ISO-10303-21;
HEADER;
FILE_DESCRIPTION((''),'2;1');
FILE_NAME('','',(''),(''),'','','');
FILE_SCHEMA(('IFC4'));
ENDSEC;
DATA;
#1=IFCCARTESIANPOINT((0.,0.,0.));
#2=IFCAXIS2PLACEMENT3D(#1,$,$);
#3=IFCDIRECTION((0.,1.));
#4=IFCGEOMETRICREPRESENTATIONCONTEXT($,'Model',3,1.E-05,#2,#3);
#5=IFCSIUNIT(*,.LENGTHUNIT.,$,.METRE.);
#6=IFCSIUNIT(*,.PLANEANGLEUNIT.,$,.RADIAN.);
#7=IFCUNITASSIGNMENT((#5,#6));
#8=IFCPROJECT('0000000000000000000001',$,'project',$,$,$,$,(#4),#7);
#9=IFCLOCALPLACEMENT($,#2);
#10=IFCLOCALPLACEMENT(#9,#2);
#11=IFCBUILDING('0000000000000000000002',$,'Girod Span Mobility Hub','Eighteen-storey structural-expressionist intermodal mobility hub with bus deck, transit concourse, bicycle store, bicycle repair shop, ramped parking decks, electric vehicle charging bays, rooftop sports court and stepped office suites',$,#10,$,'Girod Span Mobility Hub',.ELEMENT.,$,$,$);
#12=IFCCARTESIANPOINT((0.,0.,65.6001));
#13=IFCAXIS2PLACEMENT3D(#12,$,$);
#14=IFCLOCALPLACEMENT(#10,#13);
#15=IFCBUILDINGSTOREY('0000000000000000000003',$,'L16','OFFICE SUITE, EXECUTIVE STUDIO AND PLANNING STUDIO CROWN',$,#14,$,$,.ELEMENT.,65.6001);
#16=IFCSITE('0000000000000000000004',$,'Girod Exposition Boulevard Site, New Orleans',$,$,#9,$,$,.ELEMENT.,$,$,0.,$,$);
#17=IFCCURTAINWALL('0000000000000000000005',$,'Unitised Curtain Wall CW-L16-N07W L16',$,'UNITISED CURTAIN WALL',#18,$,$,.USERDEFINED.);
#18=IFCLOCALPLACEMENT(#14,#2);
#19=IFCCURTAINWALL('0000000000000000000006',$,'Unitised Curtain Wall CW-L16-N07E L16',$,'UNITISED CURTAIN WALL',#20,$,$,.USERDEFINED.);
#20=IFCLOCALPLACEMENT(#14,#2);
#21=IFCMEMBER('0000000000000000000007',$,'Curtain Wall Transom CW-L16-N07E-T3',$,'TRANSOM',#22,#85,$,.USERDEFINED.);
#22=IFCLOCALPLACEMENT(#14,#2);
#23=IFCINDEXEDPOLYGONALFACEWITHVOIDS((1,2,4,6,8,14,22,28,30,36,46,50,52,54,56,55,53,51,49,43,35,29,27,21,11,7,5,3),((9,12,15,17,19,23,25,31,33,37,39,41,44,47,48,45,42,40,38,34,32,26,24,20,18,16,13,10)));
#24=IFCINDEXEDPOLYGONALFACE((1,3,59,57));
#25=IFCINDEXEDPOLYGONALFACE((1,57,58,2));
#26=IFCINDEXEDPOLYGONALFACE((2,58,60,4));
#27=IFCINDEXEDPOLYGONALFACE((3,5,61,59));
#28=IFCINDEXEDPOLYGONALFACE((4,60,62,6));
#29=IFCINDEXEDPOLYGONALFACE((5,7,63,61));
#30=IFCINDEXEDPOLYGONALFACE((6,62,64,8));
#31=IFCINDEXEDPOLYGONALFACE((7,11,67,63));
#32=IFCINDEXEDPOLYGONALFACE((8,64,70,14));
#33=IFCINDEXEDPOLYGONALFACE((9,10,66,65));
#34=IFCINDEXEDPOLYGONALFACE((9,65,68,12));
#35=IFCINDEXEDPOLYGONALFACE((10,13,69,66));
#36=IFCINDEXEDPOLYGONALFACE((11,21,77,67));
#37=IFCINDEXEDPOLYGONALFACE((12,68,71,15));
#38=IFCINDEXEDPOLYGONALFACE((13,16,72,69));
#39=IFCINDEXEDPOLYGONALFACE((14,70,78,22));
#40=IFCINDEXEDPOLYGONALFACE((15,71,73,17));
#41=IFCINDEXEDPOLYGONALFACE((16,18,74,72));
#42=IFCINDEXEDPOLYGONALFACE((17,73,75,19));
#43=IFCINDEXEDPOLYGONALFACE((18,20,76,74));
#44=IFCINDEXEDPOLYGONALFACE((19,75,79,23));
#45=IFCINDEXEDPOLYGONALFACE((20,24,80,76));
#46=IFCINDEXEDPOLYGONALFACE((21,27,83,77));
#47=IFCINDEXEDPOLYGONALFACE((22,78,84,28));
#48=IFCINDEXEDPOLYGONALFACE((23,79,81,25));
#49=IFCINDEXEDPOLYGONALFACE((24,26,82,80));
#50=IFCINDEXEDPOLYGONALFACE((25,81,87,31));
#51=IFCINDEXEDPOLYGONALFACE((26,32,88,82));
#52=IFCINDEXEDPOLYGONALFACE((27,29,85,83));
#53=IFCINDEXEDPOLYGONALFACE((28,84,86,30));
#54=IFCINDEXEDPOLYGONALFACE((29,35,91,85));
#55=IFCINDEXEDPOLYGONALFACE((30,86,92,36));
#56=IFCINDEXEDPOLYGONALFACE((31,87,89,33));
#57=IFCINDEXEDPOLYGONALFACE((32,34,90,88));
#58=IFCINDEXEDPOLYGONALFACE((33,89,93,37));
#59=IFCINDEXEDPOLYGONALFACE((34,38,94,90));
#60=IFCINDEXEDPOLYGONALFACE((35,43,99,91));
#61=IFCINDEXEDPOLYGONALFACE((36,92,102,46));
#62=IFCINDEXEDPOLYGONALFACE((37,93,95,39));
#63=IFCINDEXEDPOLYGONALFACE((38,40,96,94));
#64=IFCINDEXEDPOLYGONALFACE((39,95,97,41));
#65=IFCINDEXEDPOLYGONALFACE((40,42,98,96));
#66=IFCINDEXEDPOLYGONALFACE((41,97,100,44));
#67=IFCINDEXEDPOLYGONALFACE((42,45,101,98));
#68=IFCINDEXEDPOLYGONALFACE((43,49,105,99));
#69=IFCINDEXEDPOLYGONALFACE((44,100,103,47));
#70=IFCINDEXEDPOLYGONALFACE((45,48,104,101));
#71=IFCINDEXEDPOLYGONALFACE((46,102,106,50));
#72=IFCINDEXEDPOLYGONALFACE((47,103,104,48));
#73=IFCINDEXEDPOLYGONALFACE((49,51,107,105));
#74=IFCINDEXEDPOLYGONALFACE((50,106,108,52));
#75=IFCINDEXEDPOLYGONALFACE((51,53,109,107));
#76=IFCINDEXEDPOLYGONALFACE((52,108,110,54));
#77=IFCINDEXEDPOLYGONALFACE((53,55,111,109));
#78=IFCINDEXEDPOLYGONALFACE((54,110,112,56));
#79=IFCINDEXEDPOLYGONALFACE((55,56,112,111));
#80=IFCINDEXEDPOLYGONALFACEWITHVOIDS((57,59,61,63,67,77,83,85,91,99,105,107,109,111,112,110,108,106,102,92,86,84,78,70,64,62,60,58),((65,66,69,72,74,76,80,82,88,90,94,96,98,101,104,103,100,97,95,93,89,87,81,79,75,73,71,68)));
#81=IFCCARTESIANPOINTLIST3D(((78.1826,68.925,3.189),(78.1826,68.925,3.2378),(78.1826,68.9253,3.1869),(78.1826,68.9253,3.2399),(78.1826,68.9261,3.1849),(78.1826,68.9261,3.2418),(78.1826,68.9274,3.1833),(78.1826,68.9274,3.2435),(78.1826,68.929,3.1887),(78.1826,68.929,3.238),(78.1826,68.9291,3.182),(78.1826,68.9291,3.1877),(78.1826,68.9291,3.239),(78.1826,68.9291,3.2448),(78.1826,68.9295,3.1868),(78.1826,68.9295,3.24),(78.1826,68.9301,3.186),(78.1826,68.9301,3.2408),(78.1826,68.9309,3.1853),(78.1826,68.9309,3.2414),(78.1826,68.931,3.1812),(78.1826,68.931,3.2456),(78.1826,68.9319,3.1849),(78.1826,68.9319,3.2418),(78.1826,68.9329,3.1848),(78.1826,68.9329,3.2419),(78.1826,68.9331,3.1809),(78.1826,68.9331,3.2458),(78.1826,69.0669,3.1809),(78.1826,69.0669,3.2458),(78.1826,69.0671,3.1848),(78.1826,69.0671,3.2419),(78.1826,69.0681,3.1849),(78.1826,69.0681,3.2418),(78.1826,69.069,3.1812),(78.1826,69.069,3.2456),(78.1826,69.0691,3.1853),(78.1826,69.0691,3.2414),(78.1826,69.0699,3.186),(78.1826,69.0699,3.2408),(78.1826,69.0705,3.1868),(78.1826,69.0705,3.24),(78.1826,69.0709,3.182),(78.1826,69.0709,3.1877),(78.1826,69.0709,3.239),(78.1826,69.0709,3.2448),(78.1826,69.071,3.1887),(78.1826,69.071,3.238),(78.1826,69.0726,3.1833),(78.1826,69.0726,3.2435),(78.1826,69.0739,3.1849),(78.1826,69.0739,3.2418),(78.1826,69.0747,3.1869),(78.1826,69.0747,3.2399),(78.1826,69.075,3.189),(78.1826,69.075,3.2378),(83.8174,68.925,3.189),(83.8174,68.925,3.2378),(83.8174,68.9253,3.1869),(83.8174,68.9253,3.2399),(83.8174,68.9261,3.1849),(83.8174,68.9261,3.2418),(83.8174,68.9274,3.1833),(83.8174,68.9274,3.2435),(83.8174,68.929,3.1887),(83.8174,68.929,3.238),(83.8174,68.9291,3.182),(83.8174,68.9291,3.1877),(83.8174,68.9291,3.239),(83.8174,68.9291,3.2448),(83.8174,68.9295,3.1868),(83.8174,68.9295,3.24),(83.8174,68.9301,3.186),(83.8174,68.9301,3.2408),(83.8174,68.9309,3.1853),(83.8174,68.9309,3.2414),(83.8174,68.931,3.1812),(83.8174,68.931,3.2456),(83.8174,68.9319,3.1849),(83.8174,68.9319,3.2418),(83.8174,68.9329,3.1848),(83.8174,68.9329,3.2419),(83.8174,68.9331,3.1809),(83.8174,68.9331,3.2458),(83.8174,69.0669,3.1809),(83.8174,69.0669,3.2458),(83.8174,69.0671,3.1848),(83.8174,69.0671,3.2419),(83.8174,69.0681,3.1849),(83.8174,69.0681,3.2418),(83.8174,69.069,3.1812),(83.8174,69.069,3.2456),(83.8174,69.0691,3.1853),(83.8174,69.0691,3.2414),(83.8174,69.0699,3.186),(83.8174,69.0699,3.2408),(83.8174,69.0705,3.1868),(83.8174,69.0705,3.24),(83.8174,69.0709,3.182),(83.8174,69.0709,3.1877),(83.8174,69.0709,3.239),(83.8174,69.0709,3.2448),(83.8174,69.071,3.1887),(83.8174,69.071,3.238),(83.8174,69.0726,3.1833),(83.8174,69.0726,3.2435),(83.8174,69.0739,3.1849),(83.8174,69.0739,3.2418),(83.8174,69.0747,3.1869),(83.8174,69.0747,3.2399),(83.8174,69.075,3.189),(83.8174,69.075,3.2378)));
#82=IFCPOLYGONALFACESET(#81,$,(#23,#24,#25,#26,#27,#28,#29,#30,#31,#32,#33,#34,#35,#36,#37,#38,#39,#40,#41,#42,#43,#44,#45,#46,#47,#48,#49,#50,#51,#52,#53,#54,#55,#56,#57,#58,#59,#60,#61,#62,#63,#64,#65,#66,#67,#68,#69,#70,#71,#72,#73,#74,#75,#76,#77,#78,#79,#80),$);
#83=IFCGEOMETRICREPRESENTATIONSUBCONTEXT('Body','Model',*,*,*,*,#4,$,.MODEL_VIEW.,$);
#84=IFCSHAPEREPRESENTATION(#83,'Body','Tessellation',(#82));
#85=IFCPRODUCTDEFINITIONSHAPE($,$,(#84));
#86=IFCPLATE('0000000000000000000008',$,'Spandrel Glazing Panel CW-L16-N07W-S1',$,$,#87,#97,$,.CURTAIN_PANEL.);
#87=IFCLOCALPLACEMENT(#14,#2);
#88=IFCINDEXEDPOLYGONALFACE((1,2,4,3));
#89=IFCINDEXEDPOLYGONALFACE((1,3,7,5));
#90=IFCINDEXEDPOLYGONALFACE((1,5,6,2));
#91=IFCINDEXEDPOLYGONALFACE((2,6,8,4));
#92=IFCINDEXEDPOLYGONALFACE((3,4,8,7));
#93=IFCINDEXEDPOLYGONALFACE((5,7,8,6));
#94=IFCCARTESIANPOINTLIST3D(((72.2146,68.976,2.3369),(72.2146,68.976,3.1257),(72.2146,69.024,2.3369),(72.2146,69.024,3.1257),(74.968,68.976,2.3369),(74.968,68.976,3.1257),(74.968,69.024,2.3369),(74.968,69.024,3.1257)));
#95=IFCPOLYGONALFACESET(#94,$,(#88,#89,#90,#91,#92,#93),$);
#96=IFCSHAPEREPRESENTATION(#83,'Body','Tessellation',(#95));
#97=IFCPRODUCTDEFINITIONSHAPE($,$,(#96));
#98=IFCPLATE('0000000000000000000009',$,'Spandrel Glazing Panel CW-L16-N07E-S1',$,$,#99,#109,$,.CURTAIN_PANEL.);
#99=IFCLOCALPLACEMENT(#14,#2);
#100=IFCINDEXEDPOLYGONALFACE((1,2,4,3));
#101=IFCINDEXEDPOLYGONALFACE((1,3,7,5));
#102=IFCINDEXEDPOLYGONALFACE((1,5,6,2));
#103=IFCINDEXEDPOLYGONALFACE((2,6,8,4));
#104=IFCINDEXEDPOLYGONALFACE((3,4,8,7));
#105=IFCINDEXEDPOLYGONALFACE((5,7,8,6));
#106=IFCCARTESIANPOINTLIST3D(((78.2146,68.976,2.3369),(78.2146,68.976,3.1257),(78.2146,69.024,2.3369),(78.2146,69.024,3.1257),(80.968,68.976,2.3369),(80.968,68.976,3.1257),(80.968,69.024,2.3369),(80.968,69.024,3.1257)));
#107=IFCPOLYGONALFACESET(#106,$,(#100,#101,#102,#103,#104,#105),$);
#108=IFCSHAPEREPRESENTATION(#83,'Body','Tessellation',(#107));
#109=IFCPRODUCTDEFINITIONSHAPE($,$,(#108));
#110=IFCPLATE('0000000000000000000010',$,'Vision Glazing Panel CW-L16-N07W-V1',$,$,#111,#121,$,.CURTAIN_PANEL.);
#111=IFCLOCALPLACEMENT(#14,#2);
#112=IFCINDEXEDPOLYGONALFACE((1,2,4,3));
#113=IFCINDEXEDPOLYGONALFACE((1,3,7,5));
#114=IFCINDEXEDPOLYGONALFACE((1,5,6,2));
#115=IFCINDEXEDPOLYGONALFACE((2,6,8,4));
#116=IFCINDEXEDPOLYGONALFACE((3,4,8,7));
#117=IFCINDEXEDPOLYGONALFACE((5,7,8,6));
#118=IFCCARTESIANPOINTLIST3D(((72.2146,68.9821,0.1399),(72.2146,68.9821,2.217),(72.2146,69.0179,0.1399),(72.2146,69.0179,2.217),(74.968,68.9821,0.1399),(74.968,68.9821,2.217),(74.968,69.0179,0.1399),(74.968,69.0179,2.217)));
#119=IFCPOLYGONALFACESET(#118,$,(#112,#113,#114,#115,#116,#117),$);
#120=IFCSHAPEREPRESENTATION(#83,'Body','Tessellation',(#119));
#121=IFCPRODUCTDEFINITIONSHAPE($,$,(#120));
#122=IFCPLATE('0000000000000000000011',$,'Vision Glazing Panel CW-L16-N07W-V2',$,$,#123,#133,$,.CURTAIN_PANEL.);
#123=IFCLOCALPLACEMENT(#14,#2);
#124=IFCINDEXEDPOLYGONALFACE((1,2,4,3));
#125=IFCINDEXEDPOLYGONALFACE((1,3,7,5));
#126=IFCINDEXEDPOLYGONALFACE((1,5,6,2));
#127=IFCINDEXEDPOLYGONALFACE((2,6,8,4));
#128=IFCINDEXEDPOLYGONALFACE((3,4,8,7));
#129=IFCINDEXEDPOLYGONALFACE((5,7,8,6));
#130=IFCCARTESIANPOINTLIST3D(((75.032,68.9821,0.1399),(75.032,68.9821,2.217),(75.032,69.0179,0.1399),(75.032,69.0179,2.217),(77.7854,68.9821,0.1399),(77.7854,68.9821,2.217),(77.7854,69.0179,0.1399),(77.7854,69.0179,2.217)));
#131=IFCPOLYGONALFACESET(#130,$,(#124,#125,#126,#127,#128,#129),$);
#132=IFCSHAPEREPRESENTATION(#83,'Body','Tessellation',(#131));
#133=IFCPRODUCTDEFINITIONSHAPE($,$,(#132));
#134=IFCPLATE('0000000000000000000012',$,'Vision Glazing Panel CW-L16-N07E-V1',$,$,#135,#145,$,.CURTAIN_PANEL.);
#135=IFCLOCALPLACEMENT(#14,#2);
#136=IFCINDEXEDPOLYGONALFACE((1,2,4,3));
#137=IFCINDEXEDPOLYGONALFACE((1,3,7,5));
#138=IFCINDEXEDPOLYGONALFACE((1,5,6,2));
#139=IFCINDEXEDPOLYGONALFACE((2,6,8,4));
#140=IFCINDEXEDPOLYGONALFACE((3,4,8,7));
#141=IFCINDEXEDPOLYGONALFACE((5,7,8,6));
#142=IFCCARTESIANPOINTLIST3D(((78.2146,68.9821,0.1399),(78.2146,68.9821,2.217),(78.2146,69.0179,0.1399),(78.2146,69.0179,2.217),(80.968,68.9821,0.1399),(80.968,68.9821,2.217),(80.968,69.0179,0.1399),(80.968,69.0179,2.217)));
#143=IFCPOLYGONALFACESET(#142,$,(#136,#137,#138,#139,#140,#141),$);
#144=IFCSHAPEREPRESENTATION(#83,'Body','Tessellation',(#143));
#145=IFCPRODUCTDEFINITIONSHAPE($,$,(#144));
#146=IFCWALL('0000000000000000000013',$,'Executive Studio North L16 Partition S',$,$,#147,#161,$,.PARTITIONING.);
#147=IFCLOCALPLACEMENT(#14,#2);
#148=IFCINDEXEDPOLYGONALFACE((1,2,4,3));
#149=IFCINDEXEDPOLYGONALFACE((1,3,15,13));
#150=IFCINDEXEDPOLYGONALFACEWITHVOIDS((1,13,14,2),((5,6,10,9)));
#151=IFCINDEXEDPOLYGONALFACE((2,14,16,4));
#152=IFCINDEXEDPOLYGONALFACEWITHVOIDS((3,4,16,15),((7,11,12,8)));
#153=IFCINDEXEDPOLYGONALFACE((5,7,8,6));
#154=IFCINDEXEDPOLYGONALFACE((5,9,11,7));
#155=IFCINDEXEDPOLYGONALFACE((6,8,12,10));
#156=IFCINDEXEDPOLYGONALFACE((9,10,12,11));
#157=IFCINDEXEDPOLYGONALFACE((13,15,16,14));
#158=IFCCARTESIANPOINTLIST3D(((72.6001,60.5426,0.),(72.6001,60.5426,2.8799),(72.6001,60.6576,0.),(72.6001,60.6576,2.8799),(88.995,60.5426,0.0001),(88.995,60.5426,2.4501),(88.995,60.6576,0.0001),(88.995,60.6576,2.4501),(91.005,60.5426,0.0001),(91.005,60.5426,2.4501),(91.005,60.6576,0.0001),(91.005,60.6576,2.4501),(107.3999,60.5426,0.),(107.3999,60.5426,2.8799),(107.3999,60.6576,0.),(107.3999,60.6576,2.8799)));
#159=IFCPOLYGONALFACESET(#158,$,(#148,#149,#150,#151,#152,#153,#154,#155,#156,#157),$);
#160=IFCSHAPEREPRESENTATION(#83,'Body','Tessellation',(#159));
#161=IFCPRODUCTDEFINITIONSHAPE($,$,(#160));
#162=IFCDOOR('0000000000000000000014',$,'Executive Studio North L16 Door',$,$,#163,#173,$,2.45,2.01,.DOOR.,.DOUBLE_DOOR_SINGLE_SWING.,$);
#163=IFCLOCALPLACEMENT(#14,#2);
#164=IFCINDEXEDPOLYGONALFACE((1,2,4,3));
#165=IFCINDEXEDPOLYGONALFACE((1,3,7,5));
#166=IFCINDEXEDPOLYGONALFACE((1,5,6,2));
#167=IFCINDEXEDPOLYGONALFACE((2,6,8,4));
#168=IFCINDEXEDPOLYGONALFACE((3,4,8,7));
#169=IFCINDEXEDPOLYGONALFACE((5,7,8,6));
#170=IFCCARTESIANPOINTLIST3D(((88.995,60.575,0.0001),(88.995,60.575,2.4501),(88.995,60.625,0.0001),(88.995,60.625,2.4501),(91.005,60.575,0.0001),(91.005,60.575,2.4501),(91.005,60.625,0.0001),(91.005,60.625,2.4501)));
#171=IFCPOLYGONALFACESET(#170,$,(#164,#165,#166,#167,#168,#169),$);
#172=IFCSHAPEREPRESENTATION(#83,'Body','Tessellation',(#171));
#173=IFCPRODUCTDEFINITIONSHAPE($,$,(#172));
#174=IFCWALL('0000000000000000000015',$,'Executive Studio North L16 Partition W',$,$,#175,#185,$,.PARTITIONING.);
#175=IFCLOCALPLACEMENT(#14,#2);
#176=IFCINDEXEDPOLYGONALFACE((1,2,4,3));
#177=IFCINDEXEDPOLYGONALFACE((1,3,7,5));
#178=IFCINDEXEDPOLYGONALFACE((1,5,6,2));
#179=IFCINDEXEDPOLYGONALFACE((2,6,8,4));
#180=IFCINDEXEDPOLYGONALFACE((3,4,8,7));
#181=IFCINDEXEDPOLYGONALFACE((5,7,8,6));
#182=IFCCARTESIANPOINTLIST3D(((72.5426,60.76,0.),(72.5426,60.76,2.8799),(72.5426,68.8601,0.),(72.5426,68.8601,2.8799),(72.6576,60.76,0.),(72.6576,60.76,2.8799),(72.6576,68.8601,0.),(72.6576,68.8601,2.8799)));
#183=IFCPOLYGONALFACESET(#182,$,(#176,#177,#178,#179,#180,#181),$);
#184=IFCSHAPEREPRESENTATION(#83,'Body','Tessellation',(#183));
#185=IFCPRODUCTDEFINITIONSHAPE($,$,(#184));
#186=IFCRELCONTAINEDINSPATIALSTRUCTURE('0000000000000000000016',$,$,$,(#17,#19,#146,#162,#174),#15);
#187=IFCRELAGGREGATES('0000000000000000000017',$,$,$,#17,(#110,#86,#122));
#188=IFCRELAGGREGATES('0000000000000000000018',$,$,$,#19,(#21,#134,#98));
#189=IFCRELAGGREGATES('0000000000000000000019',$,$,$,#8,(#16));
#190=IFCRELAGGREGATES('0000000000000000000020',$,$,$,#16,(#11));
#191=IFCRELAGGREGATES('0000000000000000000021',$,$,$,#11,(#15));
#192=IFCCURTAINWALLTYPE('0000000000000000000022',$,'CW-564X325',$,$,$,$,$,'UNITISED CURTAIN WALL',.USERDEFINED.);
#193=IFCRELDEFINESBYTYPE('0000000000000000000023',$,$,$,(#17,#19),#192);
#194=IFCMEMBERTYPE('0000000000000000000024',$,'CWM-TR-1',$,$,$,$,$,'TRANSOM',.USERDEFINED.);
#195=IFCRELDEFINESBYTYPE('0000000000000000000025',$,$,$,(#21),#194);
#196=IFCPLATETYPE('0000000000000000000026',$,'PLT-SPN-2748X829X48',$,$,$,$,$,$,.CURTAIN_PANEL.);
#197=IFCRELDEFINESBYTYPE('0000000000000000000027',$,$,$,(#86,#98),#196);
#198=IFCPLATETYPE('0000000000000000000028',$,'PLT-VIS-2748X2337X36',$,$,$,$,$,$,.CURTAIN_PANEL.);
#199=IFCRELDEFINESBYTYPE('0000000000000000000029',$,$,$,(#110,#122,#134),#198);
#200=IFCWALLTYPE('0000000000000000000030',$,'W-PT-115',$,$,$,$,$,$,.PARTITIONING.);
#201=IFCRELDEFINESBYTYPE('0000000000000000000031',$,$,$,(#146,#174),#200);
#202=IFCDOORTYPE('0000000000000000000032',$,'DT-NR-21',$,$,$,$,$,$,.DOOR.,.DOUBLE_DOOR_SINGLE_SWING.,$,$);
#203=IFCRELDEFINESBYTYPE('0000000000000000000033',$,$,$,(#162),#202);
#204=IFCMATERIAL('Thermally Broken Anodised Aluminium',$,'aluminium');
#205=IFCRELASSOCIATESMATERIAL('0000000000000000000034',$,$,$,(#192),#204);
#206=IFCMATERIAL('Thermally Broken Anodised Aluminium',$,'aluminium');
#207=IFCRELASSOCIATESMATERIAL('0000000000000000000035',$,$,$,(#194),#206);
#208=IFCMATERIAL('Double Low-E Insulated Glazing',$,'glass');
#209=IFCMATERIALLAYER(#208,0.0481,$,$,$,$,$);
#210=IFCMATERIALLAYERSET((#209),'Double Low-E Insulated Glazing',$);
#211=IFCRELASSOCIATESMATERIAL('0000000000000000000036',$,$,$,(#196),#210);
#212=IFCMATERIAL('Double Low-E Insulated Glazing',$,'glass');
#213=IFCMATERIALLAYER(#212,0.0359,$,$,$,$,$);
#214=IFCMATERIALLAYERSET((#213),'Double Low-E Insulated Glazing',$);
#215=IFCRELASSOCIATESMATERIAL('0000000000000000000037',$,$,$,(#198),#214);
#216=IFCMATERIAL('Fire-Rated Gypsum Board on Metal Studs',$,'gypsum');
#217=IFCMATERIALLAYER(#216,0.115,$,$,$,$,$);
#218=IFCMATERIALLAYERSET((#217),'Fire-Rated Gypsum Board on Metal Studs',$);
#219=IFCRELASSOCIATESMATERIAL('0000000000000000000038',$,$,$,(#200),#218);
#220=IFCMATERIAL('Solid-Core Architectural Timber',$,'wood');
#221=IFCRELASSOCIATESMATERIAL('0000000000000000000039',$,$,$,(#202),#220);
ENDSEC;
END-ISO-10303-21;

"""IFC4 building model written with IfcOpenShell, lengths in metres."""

from ifc_helpers import new_model, si_unit, direction, frame, frame_2d, origin, origin_2d, place, context, subcontext, project, spatial, rectangle, hollow_rectangle, extrude, material, layer, layer_set, material_profile, profile_set, type_object, element, fill, aggregate, save


model = new_model("IFC4")

# Units and contexts
model_context = context("Model", 3, precision=1e-05, world=origin(), true_north=direction((0.0, 1.0)))
body_context = subcontext(model_context, "Body", "Model", "MODEL_VIEW")
ifc_project = project(units=[si_unit("LENGTHUNIT", "METRE"), si_unit("PLANEANGLEUNIT", "RADIAN")], contexts=[model_context])

# Site, building, storey
site_placement = place(None, origin())
site = spatial("IfcSite", under=ifc_project, at=site_placement, Name="Girod Exposition Boulevard Site, New Orleans", CompositionType="ELEMENT", RefElevation=0.0)
building_placement = place(site_placement, origin())
building = spatial("IfcBuilding", under=site, at=building_placement, Name="Girod Span Mobility Hub", Description="Eighteen-storey structural-expressionist intermodal mobility hub with bus deck, transit concourse, bicycle store, bicycle repair shop, ramped parking decks, electric vehicle charging bays, rooftop sports court and stepped office suites", LongName="Girod Span Mobility Hub", CompositionType="ELEMENT")
storey_placement = place(building_placement, frame((0.0, 0.0, 65.6001)))
storey = spatial("IfcBuildingStorey", under=building, at=storey_placement, Name="L16", Description="OFFICE SUITE, EXECUTIVE STUDIO AND PLANNING STUDIO CROWN", CompositionType="ELEMENT", Elevation=65.6001)

# Curtain wall
ifc_material_1 = material(Name="Thermally Broken Anodised Aluminium", Category="aluminium")
curtain_wall_type = type_object("IfcCurtainWallType", Name="CW-564X325", ElementType="UNITISED CURTAIN WALL", PredefinedType="USERDEFINED", material=ifc_material_1)
curtain_wall_1_placement = place(storey_placement, origin())
curtain_wall_1 = element("IfcCurtainWall", 1, at=curtain_wall_1_placement, inside=storey, type_object=curtain_wall_type, Name="Unitised Curtain Wall CW-L16-N07W L16", ObjectType="UNITISED CURTAIN WALL", PredefinedType="USERDEFINED")

# Curtain wall
curtain_wall_2_placement = place(storey_placement, origin())
curtain_wall_2 = element("IfcCurtainWall", 2, at=curtain_wall_2_placement, inside=storey, type_object=curtain_wall_type, Name="Unitised Curtain Wall CW-L16-N07E L16", ObjectType="UNITISED CURTAIN WALL", PredefinedType="USERDEFINED")

# Member
ifc_material_2 = material(Name="Thermally Broken Anodised Aluminium", Category="aluminium")
ifc_material_profile_1 = material_profile(ifc_material_2, hollow_rectangle(XDim=0.1499, YDim=0.0649, WallThickness=0.0039, InnerFilletRadius=0.0039, OuterFilletRadius=0.0081, at=origin_2d()), Name="CW-TR-65X150")
ifc_profile_set_1 = profile_set([ifc_material_profile_1], Name="Thermally Broken Anodised Aluminium")
member_type_1 = type_object("IfcMemberType", Name="CWM-TR-1", ElementType="TRANSOM", PredefinedType="USERDEFINED", material=ifc_profile_set_1)
member_1_placement = place(storey_placement, frame((78.1826, 69.0, 3.2134), z_axis=(1.0, 0.0, 0.0), x_axis=(0.0, 1.0, 0.0)))
member_1 = element("IfcMember", 3, at=member_1_placement, type_object=member_type_1, Name="Curtain Wall Transom CW-L16-N07E-T3", ObjectType="TRANSOM", PredefinedType="USERDEFINED", context=body_context, shape_type="SweptSolid", body=[
    extrude(hollow_rectangle(XDim=0.1499, YDim=0.0649, WallThickness=0.0039, InnerFilletRadius=0.0039, OuterFilletRadius=0.0081, at=origin_2d()), origin(), (0.0, 0.0, 1.0), 5.6348),
])

# Plates
ifc_material_3 = material(Name="Double Low-E Insulated Glazing", Category="glass")
ifc_layer_1 = layer(ifc_material_3, 0.0481)
ifc_layer_set_1 = layer_set([ifc_layer_1], Name="Double Low-E Insulated Glazing")
plate_type_1 = type_object("IfcPlateType", Name="PLT-SPN-2748X829X48", PredefinedType="CURTAIN_PANEL", material=ifc_layer_set_1)
plate_1_placement = place(storey_placement, frame((73.5913, 69.0, 2.3369), z_axis=(0.0, 0.0, 1.0), x_axis=(1.0, 0.0, 0.0)))
plate_1 = element("IfcPlate", 4, at=plate_1_placement, type_object=plate_type_1, Name="Spandrel Glazing Panel CW-L16-N07W-S1", PredefinedType="CURTAIN_PANEL", context=body_context, shape_type="SweptSolid", body=[
    extrude(rectangle(XDim=2.7534, YDim=0.0481, at=origin_2d()), origin(), (0.0, 0.0, 1.0), 0.7888),
])
plate_2_placement = place(storey_placement, frame((79.5913, 69.0, 2.3369), z_axis=(0.0, 0.0, 1.0), x_axis=(1.0, 0.0, 0.0)))
plate_2 = element("IfcPlate", 5, at=plate_2_placement, type_object=plate_type_1, Name="Spandrel Glazing Panel CW-L16-N07E-S1", PredefinedType="CURTAIN_PANEL", context=body_context, shape_type="SweptSolid", body=[
    extrude(rectangle(XDim=2.7534, YDim=0.0481, at=origin_2d()), origin(), (0.0, 0.0, 1.0), 0.7888),
])
ifc_material_4 = material(Name="Double Low-E Insulated Glazing", Category="glass")
ifc_layer_2 = layer(ifc_material_4, 0.0359)
ifc_layer_set_2 = layer_set([ifc_layer_2], Name="Double Low-E Insulated Glazing")
plate_type_2 = type_object("IfcPlateType", Name="PLT-VIS-2748X2337X36", PredefinedType="CURTAIN_PANEL", material=ifc_layer_set_2)
plate_3_placement = place(storey_placement, frame((73.5913, 69.0, 0.1399), z_axis=(0.0, 0.0, 1.0), x_axis=(1.0, 0.0, 0.0)))
plate_3 = element("IfcPlate", 6, at=plate_3_placement, type_object=plate_type_2, Name="Vision Glazing Panel CW-L16-N07W-V1", PredefinedType="CURTAIN_PANEL", context=body_context, shape_type="SweptSolid", body=[
    extrude(rectangle(XDim=2.7534, YDim=0.0359, at=origin_2d()), origin(), (0.0, 0.0, 1.0), 2.0771),
])
plate_4_placement = place(storey_placement, frame((76.4087, 69.0, 0.1399), z_axis=(0.0, 0.0, 1.0), x_axis=(1.0, 0.0, 0.0)))
plate_4 = element("IfcPlate", 7, at=plate_4_placement, type_object=plate_type_2, Name="Vision Glazing Panel CW-L16-N07W-V2", PredefinedType="CURTAIN_PANEL", context=body_context, shape_type="SweptSolid", body=[
    extrude(rectangle(XDim=2.7534, YDim=0.0359, at=origin_2d()), origin(), (0.0, 0.0, 1.0), 2.0771),
])
aggregate(curtain_wall_1, [plate_3, plate_1, plate_4])
plate_5_placement = place(storey_placement, frame((79.5913, 69.0, 0.1399), z_axis=(0.0, 0.0, 1.0), x_axis=(1.0, 0.0, 0.0)))
plate_5 = element("IfcPlate", 8, at=plate_5_placement, type_object=plate_type_2, Name="Vision Glazing Panel CW-L16-N07E-V1", PredefinedType="CURTAIN_PANEL", context=body_context, shape_type="SweptSolid", body=[
    extrude(rectangle(XDim=2.7534, YDim=0.0359, at=origin_2d()), origin(), (0.0, 0.0, 1.0), 2.0771),
])
aggregate(curtain_wall_2, [member_1, plate_5, plate_2])

# Wall, opening, door
ifc_material_5 = material(Name="Fire-Rated Gypsum Board on Metal Studs", Category="gypsum")
ifc_layer_3 = layer(ifc_material_5, 0.115)
ifc_layer_set_3 = layer_set([ifc_layer_3], Name="Fire-Rated Gypsum Board on Metal Studs")
wall_type = type_object("IfcWallType", Name="W-PT-115", PredefinedType="PARTITIONING", material=ifc_layer_set_3)
wall_1_placement = place(storey_placement, frame((72.6001, 60.6001, 0.0), z_axis=(0.0, 0.0, 1.0), x_axis=(1.0, 0.0, 0.0)))
wall_1 = element("IfcWall", 9, at=wall_1_placement, inside=storey, type_object=wall_type, Name="Executive Studio North L16 Partition S", PredefinedType="PARTITIONING", context=body_context, shape_type="SweptSolid", body=[
    extrude(rectangle(XDim=34.7998, YDim=0.115, at=frame_2d((17.3999, 0.0))), origin(), (0.0, 0.0, 1.0), 2.8799),
])
opening_placement = place(wall_1_placement, frame((16.395, 0.0, 0.0)))
opening = element("IfcOpeningElement", 10, at=opening_placement, cuts=wall_1, PredefinedType="OPENING", context=body_context, shape_type="SweptSolid", body=[
    extrude(rectangle(XDim=2.01, YDim=2.45, at=frame_2d((1.0049, 1.2251))), frame((0.0, 0.0725, 0.0), z_axis=(0.0, -1.0, 0.0), x_axis=(1.0, 0.0, 0.0)), (0.0, 0.0, 1.0), 0.145),
])
ifc_material_6 = material(Name="Solid-Core Architectural Timber", Category="wood")
door_type = type_object("IfcDoorType", Name="DT-NR-21", OperationType="DOUBLE_DOOR_SINGLE_SWING", PredefinedType="DOOR", material=ifc_material_6)
door_placement = place(opening_placement, origin())
door = element("IfcDoor", 11, at=door_placement, inside=storey, type_object=door_type, Name="Executive Studio North L16 Door", OperationType="DOUBLE_DOOR_SINGLE_SWING", OverallHeight=2.45, OverallWidth=2.01, PredefinedType="DOOR", context=body_context, shape_type="SweptSolid", body=[
    extrude(rectangle(XDim=2.01, YDim=2.45, at=frame_2d((1.0049, 1.2251))), frame((0.0, 0.0249, 0.0), z_axis=(0.0, -1.0, 0.0), x_axis=(1.0, 0.0, 0.0)), (0.0, 0.0, 1.0), 0.05),
])
fill(opening, door)

# Wall
wall_2_placement = place(storey_placement, frame((72.6001, 60.76, 0.0), z_axis=(0.0, 0.0, 1.0), x_axis=(0.0, 1.0, 0.0)))
element("IfcWall", 12, at=wall_2_placement, inside=storey, type_object=wall_type, Name="Executive Studio North L16 Partition W", PredefinedType="PARTITIONING", context=body_context, shape_type="SweptSolid", body=[
    extrude(rectangle(XDim=8.1001, YDim=0.115, at=frame_2d((4.05, 0.0))), origin(), (0.0, 0.0, 1.0), 2.8799),
])

save(model, "model.ifc")
